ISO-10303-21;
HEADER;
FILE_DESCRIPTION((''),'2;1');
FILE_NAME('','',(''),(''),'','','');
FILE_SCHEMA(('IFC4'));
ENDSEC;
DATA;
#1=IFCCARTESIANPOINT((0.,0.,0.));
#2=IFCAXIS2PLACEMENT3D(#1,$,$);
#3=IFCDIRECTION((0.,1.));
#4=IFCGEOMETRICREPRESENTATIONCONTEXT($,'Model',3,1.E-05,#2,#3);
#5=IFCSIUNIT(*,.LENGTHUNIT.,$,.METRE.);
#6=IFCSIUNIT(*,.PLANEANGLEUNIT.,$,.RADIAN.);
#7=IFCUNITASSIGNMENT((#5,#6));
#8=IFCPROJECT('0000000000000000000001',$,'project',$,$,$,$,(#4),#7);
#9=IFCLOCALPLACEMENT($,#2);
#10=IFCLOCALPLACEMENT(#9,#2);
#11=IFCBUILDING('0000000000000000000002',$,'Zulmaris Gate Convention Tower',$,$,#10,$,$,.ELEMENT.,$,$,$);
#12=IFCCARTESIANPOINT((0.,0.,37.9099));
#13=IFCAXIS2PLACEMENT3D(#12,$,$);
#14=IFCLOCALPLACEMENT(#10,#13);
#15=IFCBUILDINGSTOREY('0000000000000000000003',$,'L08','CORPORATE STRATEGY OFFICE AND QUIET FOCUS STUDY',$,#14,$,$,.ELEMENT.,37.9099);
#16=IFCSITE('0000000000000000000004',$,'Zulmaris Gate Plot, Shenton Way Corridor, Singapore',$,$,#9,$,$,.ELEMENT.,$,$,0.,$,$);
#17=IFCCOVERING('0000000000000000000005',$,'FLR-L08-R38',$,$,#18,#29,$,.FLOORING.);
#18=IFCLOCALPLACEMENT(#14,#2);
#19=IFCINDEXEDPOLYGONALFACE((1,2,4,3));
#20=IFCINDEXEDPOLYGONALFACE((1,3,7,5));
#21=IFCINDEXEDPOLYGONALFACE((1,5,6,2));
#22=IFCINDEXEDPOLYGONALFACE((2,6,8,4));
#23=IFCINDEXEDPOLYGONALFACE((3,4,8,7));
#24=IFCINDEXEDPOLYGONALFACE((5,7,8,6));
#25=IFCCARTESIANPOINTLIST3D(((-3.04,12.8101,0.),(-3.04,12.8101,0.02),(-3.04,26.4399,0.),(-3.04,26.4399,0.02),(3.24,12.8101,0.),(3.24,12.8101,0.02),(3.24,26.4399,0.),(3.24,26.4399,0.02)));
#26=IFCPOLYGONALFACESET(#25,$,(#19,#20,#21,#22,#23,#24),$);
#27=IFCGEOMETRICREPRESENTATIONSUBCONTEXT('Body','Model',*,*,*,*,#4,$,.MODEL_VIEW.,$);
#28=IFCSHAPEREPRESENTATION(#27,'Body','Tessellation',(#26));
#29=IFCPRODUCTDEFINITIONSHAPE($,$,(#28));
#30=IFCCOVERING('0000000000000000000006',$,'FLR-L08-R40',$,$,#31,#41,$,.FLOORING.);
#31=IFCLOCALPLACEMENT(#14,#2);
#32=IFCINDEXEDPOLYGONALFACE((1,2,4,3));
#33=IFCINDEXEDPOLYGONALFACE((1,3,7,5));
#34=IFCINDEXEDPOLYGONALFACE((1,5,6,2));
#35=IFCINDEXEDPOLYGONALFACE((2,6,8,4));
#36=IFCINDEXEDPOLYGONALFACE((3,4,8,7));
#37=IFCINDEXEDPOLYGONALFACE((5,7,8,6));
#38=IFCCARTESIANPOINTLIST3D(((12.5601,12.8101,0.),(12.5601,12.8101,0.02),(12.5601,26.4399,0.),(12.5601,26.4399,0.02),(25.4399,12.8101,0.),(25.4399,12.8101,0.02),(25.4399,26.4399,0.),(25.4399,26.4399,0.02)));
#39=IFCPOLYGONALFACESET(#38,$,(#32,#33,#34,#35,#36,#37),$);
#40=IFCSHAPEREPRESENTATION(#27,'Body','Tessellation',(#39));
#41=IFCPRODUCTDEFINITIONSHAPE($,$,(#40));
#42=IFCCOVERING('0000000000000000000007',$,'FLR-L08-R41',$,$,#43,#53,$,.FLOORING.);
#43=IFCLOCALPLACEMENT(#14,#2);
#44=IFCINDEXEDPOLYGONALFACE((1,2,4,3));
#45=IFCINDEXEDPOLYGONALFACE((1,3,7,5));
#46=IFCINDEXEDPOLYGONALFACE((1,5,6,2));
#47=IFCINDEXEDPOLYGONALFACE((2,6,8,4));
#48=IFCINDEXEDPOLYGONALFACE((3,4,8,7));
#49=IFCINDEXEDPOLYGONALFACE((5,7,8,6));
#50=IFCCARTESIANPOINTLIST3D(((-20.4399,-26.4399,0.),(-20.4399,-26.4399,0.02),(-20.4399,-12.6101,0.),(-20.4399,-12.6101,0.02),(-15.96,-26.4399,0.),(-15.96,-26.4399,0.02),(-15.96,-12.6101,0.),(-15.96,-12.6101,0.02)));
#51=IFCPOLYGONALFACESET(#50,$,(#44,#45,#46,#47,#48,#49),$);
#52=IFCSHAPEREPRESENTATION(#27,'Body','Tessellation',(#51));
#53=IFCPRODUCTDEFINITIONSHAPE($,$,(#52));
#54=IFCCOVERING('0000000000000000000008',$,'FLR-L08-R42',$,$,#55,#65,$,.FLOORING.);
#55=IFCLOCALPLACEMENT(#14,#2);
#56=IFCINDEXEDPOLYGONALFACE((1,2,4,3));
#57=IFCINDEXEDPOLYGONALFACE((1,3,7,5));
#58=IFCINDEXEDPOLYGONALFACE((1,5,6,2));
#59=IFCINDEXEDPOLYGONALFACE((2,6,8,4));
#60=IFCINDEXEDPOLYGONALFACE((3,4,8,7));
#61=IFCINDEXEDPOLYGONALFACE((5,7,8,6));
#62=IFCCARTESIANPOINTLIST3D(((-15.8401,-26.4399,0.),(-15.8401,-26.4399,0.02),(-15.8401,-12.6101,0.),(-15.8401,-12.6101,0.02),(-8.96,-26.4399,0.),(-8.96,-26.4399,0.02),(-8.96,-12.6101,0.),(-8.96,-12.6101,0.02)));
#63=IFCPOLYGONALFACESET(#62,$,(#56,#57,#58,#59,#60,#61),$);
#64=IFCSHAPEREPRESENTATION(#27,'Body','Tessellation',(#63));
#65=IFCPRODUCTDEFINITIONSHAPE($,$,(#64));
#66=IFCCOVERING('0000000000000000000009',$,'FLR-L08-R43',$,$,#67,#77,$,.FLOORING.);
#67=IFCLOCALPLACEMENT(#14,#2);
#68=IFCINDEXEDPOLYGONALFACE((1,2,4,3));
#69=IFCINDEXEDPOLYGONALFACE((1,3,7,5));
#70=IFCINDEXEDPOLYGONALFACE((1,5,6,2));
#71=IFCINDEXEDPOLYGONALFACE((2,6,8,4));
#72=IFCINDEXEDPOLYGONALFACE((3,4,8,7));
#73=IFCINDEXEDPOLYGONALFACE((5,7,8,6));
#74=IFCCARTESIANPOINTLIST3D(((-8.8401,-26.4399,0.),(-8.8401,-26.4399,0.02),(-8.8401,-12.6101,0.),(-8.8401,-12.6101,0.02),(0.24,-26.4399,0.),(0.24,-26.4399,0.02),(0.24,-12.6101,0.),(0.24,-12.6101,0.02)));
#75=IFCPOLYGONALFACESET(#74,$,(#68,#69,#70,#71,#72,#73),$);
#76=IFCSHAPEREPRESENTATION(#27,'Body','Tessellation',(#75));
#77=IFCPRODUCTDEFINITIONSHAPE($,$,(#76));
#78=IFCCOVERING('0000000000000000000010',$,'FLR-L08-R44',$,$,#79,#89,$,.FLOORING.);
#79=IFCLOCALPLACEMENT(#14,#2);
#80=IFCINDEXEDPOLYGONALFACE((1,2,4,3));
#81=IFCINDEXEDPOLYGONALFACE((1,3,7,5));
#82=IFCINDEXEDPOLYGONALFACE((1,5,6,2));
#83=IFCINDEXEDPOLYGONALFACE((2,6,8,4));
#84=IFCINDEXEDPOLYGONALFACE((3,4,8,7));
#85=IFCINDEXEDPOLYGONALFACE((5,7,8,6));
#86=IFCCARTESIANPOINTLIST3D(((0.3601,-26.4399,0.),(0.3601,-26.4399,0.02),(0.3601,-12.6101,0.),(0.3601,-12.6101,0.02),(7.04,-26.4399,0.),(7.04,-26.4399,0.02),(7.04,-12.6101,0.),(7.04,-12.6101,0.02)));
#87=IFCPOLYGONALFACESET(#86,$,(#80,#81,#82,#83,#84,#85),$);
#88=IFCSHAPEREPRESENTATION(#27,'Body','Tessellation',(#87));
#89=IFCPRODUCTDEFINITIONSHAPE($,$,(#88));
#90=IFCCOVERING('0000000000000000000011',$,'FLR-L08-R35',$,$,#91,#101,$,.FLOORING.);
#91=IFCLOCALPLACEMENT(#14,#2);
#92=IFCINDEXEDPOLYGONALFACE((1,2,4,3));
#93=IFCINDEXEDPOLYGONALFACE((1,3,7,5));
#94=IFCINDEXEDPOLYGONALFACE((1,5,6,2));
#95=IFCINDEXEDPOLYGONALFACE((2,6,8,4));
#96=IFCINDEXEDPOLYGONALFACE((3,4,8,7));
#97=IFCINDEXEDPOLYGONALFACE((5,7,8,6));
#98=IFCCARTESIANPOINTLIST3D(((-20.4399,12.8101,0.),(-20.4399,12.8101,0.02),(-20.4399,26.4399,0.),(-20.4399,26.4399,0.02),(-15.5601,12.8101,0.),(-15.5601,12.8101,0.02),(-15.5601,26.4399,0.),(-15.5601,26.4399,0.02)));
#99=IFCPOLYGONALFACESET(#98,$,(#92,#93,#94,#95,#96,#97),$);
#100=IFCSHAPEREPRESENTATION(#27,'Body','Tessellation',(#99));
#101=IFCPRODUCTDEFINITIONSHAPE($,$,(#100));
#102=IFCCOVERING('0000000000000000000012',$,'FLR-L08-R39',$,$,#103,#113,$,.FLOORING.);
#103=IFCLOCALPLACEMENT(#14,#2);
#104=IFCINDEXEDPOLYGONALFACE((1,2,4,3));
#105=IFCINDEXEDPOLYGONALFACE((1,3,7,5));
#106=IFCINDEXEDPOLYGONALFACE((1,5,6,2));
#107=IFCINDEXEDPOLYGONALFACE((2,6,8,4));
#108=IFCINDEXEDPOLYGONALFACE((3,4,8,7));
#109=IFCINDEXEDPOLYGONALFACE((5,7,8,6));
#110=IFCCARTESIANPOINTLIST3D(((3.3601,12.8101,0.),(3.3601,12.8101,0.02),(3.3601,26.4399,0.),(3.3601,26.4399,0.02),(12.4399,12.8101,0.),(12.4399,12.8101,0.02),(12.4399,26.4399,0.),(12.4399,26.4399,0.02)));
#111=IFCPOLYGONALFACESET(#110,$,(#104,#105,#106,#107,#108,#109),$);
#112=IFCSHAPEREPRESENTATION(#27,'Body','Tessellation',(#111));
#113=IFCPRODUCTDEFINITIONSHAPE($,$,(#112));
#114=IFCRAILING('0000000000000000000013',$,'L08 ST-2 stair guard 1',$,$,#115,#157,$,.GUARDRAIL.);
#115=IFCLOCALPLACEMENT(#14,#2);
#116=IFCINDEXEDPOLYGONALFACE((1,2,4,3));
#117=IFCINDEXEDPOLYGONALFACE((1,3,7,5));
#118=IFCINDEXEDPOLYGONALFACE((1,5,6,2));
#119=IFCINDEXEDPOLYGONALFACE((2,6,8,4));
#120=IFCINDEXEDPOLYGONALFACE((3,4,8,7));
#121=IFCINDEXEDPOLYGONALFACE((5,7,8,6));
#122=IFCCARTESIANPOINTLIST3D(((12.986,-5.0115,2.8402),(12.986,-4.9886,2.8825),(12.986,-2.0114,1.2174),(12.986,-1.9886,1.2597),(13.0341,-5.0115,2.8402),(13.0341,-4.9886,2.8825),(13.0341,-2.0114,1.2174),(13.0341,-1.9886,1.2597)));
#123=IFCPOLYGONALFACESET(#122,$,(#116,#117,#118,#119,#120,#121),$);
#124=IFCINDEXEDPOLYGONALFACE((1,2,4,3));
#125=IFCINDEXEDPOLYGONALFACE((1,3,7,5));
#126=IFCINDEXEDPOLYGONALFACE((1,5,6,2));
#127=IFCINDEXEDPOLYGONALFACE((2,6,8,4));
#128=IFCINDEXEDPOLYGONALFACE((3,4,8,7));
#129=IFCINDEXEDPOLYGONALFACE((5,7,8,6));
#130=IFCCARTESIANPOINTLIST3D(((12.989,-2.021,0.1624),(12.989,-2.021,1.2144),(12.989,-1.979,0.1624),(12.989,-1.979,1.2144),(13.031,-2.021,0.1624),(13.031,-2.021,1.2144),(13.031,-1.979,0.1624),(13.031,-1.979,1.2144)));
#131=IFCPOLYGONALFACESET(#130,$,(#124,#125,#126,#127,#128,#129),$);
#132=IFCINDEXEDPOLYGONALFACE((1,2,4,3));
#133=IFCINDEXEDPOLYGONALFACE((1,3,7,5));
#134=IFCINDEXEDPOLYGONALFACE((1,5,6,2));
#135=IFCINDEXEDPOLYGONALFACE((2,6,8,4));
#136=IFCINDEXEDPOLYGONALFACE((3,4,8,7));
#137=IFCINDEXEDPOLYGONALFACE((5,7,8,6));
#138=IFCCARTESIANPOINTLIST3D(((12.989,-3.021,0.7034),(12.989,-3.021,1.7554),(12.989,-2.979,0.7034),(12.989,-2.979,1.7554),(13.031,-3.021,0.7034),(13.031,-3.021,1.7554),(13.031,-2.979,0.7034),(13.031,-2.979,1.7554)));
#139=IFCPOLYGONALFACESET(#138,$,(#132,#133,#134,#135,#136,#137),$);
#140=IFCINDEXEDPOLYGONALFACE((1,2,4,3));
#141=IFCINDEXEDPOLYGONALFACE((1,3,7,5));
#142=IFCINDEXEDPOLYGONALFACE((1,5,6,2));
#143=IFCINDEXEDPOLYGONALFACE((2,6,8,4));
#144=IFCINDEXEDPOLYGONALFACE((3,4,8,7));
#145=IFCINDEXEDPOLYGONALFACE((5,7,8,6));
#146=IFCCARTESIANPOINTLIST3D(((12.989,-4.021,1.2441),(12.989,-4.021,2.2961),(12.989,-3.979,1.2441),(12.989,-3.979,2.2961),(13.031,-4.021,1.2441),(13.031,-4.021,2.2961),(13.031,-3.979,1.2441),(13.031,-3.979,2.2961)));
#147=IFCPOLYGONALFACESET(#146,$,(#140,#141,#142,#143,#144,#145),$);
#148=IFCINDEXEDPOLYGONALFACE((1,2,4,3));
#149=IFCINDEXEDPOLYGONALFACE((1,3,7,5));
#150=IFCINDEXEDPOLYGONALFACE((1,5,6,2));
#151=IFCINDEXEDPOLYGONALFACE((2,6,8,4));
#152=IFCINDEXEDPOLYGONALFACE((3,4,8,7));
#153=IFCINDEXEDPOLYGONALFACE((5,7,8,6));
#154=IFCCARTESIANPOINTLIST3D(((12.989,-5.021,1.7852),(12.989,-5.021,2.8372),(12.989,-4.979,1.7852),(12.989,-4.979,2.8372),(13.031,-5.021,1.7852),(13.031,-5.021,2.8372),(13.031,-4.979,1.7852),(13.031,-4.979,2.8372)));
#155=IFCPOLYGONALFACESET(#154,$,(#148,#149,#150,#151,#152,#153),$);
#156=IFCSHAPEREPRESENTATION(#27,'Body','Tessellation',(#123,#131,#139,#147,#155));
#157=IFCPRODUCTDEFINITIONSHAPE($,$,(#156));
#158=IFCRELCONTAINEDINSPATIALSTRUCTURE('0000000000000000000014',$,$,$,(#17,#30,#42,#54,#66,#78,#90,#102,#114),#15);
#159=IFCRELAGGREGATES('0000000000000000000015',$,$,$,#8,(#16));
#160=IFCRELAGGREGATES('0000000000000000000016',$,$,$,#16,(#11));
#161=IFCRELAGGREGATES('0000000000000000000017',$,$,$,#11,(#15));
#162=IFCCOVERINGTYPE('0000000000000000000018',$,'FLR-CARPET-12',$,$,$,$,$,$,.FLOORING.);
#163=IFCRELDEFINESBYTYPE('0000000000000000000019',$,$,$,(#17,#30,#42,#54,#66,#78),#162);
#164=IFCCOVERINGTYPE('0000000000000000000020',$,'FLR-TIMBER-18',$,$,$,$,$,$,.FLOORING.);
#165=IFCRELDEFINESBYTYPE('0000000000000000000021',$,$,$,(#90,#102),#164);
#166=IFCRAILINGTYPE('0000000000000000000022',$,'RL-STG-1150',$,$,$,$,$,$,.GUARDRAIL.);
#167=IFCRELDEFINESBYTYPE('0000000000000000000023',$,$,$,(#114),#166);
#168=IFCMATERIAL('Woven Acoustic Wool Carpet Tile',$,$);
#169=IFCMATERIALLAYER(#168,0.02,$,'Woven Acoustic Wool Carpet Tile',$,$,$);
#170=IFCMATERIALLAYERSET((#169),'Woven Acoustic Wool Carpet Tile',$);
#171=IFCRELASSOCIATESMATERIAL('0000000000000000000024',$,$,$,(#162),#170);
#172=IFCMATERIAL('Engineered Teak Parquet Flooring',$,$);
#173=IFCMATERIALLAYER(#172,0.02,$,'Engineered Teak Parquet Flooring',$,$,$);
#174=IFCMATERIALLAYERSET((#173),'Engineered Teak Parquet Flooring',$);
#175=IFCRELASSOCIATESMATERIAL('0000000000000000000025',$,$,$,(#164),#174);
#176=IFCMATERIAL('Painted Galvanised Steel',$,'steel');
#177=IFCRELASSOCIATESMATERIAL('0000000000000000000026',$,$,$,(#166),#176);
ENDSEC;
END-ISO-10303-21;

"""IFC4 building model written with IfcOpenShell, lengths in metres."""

from ifc_helpers import new_model, si_unit, direction, frame, origin, origin_2d, place, context, subcontext, project, spatial, polyline, rectangle, outline, extrude, material, layer, layer_set, type_object, element, save


model = new_model("IFC4")

# Units and contexts
model_context = context("Model", 3, precision=1e-05, world=origin(), true_north=direction((0.0, 1.0)))
body_context = subcontext(model_context, "Body", "Model", "MODEL_VIEW")
ifc_project = project(units=[si_unit("LENGTHUNIT", "METRE"), si_unit("PLANEANGLEUNIT", "RADIAN")], contexts=[model_context])

# Site, building, storey
site_placement = place(None, origin())
site = spatial("IfcSite", under=ifc_project, at=site_placement, Name="Zulmaris Gate Plot, Shenton Way Corridor, Singapore", CompositionType="ELEMENT", RefElevation=0.0)
building_placement = place(site_placement, origin())
building = spatial("IfcBuilding", under=site, at=building_placement, Name="Zulmaris Gate Convention Tower", CompositionType="ELEMENT")
storey_placement = place(building_placement, frame((0.0, 0.0, 37.9099)))
storey = spatial("IfcBuildingStorey", under=building, at=storey_placement, Name="L08", Description="CORPORATE STRATEGY OFFICE AND QUIET FOCUS STUDY", CompositionType="ELEMENT", Elevation=37.9099)

# Coverings
ifc_material_1 = material(Name="Woven Acoustic Wool Carpet Tile")
ifc_layer_1 = layer(ifc_material_1, 0.02, Name="Woven Acoustic Wool Carpet Tile")
ifc_layer_set_1 = layer_set([ifc_layer_1], Name="Woven Acoustic Wool Carpet Tile")
covering_type_1 = type_object("IfcCoveringType", Name="FLR-CARPET-12", PredefinedType="FLOORING", material=ifc_layer_set_1)
covering_1_placement = place(storey_placement, origin())
element("IfcCovering", 1, at=covering_1_placement, inside=storey, type_object=covering_type_1, Name="FLR-L08-R38", PredefinedType="FLOORING", context=body_context, shape_type="SweptSolid", body=[
    extrude(outline(polyline([(-3.04, 12.8101), (3.24, 12.8101), (3.24, 26.4399), (-3.04, 26.4399), (-3.04, 12.8101)])), origin(), (0.0, 0.0, 1.0), 0.02),
])
covering_2_placement = place(storey_placement, origin())
element("IfcCovering", 2, at=covering_2_placement, inside=storey, type_object=covering_type_1, Name="FLR-L08-R40", PredefinedType="FLOORING", context=body_context, shape_type="SweptSolid", body=[
    extrude(outline(polyline([(12.5601, 12.8101), (25.4399, 12.8101), (25.4399, 26.4399), (12.5601, 26.4399), (12.5601, 12.8101)])), origin(), (0.0, 0.0, 1.0), 0.02),
])
covering_3_placement = place(storey_placement, origin())
element("IfcCovering", 3, at=covering_3_placement, inside=storey, type_object=covering_type_1, Name="FLR-L08-R41", PredefinedType="FLOORING", context=body_context, shape_type="SweptSolid", body=[
    extrude(outline(polyline([(-20.4399, -26.4399), (-15.96, -26.4399), (-15.96, -12.6101), (-20.4399, -12.6101), (-20.4399, -26.4399)])), origin(), (0.0, 0.0, 1.0), 0.02),
])
covering_4_placement = place(storey_placement, origin())
element("IfcCovering", 4, at=covering_4_placement, inside=storey, type_object=covering_type_1, Name="FLR-L08-R42", PredefinedType="FLOORING", context=body_context, shape_type="SweptSolid", body=[
    extrude(outline(polyline([(-15.8401, -26.4399), (-8.96, -26.4399), (-8.96, -12.6101), (-15.8401, -12.6101), (-15.8401, -26.4399)])), origin(), (0.0, 0.0, 1.0), 0.02),
])
covering_5_placement = place(storey_placement, origin())
element("IfcCovering", 5, at=covering_5_placement, inside=storey, type_object=covering_type_1, Name="FLR-L08-R43", PredefinedType="FLOORING", context=body_context, shape_type="SweptSolid", body=[
    extrude(outline(polyline([(-8.8401, -26.4399), (0.24, -26.4399), (0.24, -12.6101), (-8.8401, -12.6101), (-8.8401, -26.4399)])), origin(), (0.0, 0.0, 1.0), 0.02),
])
covering_6_placement = place(storey_placement, origin())
element("IfcCovering", 6, at=covering_6_placement, inside=storey, type_object=covering_type_1, Name="FLR-L08-R44", PredefinedType="FLOORING", context=body_context, shape_type="SweptSolid", body=[
    extrude(outline(polyline([(0.3601, -26.4399), (7.04, -26.4399), (7.04, -12.6101), (0.3601, -12.6101), (0.3601, -26.4399)])), origin(), (0.0, 0.0, 1.0), 0.02),
])
ifc_material_2 = material(Name="Engineered Teak Parquet Flooring")
ifc_layer_2 = layer(ifc_material_2, 0.02, Name="Engineered Teak Parquet Flooring")
ifc_layer_set_2 = layer_set([ifc_layer_2], Name="Engineered Teak Parquet Flooring")
covering_type_2 = type_object("IfcCoveringType", Name="FLR-TIMBER-18", PredefinedType="FLOORING", material=ifc_layer_set_2)
covering_7_placement = place(storey_placement, origin())
element("IfcCovering", 7, at=covering_7_placement, inside=storey, type_object=covering_type_2, Name="FLR-L08-R35", PredefinedType="FLOORING", context=body_context, shape_type="SweptSolid", body=[
    extrude(outline(polyline([(-20.4399, 12.8101), (-15.5601, 12.8101), (-15.5601, 26.4399), (-20.4399, 26.4399), (-20.4399, 12.8101)])), origin(), (0.0, 0.0, 1.0), 0.02),
])
covering_8_placement = place(storey_placement, origin())
element("IfcCovering", 8, at=covering_8_placement, inside=storey, type_object=covering_type_2, Name="FLR-L08-R39", PredefinedType="FLOORING", context=body_context, shape_type="SweptSolid", body=[
    extrude(outline(polyline([(3.3601, 12.8101), (12.4399, 12.8101), (12.4399, 26.4399), (3.3601, 26.4399), (3.3601, 12.8101)])), origin(), (0.0, 0.0, 1.0), 0.02),
])

# Railing
ifc_material_3 = material(Name="Painted Galvanised Steel", Category="steel")
railing_type = type_object("IfcRailingType", Name="RL-STG-1150", PredefinedType="GUARDRAIL", material=ifc_material_3)
railing_placement = place(storey_placement, frame((13.01, -2.0, 0.1624)))
element("IfcRailing", 9, at=railing_placement, inside=storey, type_object=railing_type, Name="L08 ST-2 stair guard 1", PredefinedType="GUARDRAIL", context=body_context, shape_type="SweptSolid", body=[
    extrude(rectangle(XDim=0.0481, YDim=0.0481, at=origin_2d()), frame((0.0, 0.0, 1.0762), z_axis=(0.0, -0.879562, 0.475785), x_axis=(1.0, 0.0, 0.0)), (0.0, 0.0, 1.0), 3.4109),
    extrude(rectangle(XDim=0.042, YDim=0.042, at=origin_2d()), origin(), (0.0, 0.0, 1.0), 1.052),
    extrude(rectangle(XDim=0.042, YDim=0.042, at=origin_2d()), frame((0.0, -1.0, 0.541)), (0.0, 0.0, 1.0), 1.052),
    extrude(rectangle(XDim=0.042, YDim=0.042, at=origin_2d()), frame((0.0, -2.0, 1.0818)), (0.0, 0.0, 1.0), 1.052),
    extrude(rectangle(XDim=0.042, YDim=0.042, at=origin_2d()), frame((0.0, -3.0, 1.6228)), (0.0, 0.0, 1.0), 1.052),
])

save(model, "model.ifc")
